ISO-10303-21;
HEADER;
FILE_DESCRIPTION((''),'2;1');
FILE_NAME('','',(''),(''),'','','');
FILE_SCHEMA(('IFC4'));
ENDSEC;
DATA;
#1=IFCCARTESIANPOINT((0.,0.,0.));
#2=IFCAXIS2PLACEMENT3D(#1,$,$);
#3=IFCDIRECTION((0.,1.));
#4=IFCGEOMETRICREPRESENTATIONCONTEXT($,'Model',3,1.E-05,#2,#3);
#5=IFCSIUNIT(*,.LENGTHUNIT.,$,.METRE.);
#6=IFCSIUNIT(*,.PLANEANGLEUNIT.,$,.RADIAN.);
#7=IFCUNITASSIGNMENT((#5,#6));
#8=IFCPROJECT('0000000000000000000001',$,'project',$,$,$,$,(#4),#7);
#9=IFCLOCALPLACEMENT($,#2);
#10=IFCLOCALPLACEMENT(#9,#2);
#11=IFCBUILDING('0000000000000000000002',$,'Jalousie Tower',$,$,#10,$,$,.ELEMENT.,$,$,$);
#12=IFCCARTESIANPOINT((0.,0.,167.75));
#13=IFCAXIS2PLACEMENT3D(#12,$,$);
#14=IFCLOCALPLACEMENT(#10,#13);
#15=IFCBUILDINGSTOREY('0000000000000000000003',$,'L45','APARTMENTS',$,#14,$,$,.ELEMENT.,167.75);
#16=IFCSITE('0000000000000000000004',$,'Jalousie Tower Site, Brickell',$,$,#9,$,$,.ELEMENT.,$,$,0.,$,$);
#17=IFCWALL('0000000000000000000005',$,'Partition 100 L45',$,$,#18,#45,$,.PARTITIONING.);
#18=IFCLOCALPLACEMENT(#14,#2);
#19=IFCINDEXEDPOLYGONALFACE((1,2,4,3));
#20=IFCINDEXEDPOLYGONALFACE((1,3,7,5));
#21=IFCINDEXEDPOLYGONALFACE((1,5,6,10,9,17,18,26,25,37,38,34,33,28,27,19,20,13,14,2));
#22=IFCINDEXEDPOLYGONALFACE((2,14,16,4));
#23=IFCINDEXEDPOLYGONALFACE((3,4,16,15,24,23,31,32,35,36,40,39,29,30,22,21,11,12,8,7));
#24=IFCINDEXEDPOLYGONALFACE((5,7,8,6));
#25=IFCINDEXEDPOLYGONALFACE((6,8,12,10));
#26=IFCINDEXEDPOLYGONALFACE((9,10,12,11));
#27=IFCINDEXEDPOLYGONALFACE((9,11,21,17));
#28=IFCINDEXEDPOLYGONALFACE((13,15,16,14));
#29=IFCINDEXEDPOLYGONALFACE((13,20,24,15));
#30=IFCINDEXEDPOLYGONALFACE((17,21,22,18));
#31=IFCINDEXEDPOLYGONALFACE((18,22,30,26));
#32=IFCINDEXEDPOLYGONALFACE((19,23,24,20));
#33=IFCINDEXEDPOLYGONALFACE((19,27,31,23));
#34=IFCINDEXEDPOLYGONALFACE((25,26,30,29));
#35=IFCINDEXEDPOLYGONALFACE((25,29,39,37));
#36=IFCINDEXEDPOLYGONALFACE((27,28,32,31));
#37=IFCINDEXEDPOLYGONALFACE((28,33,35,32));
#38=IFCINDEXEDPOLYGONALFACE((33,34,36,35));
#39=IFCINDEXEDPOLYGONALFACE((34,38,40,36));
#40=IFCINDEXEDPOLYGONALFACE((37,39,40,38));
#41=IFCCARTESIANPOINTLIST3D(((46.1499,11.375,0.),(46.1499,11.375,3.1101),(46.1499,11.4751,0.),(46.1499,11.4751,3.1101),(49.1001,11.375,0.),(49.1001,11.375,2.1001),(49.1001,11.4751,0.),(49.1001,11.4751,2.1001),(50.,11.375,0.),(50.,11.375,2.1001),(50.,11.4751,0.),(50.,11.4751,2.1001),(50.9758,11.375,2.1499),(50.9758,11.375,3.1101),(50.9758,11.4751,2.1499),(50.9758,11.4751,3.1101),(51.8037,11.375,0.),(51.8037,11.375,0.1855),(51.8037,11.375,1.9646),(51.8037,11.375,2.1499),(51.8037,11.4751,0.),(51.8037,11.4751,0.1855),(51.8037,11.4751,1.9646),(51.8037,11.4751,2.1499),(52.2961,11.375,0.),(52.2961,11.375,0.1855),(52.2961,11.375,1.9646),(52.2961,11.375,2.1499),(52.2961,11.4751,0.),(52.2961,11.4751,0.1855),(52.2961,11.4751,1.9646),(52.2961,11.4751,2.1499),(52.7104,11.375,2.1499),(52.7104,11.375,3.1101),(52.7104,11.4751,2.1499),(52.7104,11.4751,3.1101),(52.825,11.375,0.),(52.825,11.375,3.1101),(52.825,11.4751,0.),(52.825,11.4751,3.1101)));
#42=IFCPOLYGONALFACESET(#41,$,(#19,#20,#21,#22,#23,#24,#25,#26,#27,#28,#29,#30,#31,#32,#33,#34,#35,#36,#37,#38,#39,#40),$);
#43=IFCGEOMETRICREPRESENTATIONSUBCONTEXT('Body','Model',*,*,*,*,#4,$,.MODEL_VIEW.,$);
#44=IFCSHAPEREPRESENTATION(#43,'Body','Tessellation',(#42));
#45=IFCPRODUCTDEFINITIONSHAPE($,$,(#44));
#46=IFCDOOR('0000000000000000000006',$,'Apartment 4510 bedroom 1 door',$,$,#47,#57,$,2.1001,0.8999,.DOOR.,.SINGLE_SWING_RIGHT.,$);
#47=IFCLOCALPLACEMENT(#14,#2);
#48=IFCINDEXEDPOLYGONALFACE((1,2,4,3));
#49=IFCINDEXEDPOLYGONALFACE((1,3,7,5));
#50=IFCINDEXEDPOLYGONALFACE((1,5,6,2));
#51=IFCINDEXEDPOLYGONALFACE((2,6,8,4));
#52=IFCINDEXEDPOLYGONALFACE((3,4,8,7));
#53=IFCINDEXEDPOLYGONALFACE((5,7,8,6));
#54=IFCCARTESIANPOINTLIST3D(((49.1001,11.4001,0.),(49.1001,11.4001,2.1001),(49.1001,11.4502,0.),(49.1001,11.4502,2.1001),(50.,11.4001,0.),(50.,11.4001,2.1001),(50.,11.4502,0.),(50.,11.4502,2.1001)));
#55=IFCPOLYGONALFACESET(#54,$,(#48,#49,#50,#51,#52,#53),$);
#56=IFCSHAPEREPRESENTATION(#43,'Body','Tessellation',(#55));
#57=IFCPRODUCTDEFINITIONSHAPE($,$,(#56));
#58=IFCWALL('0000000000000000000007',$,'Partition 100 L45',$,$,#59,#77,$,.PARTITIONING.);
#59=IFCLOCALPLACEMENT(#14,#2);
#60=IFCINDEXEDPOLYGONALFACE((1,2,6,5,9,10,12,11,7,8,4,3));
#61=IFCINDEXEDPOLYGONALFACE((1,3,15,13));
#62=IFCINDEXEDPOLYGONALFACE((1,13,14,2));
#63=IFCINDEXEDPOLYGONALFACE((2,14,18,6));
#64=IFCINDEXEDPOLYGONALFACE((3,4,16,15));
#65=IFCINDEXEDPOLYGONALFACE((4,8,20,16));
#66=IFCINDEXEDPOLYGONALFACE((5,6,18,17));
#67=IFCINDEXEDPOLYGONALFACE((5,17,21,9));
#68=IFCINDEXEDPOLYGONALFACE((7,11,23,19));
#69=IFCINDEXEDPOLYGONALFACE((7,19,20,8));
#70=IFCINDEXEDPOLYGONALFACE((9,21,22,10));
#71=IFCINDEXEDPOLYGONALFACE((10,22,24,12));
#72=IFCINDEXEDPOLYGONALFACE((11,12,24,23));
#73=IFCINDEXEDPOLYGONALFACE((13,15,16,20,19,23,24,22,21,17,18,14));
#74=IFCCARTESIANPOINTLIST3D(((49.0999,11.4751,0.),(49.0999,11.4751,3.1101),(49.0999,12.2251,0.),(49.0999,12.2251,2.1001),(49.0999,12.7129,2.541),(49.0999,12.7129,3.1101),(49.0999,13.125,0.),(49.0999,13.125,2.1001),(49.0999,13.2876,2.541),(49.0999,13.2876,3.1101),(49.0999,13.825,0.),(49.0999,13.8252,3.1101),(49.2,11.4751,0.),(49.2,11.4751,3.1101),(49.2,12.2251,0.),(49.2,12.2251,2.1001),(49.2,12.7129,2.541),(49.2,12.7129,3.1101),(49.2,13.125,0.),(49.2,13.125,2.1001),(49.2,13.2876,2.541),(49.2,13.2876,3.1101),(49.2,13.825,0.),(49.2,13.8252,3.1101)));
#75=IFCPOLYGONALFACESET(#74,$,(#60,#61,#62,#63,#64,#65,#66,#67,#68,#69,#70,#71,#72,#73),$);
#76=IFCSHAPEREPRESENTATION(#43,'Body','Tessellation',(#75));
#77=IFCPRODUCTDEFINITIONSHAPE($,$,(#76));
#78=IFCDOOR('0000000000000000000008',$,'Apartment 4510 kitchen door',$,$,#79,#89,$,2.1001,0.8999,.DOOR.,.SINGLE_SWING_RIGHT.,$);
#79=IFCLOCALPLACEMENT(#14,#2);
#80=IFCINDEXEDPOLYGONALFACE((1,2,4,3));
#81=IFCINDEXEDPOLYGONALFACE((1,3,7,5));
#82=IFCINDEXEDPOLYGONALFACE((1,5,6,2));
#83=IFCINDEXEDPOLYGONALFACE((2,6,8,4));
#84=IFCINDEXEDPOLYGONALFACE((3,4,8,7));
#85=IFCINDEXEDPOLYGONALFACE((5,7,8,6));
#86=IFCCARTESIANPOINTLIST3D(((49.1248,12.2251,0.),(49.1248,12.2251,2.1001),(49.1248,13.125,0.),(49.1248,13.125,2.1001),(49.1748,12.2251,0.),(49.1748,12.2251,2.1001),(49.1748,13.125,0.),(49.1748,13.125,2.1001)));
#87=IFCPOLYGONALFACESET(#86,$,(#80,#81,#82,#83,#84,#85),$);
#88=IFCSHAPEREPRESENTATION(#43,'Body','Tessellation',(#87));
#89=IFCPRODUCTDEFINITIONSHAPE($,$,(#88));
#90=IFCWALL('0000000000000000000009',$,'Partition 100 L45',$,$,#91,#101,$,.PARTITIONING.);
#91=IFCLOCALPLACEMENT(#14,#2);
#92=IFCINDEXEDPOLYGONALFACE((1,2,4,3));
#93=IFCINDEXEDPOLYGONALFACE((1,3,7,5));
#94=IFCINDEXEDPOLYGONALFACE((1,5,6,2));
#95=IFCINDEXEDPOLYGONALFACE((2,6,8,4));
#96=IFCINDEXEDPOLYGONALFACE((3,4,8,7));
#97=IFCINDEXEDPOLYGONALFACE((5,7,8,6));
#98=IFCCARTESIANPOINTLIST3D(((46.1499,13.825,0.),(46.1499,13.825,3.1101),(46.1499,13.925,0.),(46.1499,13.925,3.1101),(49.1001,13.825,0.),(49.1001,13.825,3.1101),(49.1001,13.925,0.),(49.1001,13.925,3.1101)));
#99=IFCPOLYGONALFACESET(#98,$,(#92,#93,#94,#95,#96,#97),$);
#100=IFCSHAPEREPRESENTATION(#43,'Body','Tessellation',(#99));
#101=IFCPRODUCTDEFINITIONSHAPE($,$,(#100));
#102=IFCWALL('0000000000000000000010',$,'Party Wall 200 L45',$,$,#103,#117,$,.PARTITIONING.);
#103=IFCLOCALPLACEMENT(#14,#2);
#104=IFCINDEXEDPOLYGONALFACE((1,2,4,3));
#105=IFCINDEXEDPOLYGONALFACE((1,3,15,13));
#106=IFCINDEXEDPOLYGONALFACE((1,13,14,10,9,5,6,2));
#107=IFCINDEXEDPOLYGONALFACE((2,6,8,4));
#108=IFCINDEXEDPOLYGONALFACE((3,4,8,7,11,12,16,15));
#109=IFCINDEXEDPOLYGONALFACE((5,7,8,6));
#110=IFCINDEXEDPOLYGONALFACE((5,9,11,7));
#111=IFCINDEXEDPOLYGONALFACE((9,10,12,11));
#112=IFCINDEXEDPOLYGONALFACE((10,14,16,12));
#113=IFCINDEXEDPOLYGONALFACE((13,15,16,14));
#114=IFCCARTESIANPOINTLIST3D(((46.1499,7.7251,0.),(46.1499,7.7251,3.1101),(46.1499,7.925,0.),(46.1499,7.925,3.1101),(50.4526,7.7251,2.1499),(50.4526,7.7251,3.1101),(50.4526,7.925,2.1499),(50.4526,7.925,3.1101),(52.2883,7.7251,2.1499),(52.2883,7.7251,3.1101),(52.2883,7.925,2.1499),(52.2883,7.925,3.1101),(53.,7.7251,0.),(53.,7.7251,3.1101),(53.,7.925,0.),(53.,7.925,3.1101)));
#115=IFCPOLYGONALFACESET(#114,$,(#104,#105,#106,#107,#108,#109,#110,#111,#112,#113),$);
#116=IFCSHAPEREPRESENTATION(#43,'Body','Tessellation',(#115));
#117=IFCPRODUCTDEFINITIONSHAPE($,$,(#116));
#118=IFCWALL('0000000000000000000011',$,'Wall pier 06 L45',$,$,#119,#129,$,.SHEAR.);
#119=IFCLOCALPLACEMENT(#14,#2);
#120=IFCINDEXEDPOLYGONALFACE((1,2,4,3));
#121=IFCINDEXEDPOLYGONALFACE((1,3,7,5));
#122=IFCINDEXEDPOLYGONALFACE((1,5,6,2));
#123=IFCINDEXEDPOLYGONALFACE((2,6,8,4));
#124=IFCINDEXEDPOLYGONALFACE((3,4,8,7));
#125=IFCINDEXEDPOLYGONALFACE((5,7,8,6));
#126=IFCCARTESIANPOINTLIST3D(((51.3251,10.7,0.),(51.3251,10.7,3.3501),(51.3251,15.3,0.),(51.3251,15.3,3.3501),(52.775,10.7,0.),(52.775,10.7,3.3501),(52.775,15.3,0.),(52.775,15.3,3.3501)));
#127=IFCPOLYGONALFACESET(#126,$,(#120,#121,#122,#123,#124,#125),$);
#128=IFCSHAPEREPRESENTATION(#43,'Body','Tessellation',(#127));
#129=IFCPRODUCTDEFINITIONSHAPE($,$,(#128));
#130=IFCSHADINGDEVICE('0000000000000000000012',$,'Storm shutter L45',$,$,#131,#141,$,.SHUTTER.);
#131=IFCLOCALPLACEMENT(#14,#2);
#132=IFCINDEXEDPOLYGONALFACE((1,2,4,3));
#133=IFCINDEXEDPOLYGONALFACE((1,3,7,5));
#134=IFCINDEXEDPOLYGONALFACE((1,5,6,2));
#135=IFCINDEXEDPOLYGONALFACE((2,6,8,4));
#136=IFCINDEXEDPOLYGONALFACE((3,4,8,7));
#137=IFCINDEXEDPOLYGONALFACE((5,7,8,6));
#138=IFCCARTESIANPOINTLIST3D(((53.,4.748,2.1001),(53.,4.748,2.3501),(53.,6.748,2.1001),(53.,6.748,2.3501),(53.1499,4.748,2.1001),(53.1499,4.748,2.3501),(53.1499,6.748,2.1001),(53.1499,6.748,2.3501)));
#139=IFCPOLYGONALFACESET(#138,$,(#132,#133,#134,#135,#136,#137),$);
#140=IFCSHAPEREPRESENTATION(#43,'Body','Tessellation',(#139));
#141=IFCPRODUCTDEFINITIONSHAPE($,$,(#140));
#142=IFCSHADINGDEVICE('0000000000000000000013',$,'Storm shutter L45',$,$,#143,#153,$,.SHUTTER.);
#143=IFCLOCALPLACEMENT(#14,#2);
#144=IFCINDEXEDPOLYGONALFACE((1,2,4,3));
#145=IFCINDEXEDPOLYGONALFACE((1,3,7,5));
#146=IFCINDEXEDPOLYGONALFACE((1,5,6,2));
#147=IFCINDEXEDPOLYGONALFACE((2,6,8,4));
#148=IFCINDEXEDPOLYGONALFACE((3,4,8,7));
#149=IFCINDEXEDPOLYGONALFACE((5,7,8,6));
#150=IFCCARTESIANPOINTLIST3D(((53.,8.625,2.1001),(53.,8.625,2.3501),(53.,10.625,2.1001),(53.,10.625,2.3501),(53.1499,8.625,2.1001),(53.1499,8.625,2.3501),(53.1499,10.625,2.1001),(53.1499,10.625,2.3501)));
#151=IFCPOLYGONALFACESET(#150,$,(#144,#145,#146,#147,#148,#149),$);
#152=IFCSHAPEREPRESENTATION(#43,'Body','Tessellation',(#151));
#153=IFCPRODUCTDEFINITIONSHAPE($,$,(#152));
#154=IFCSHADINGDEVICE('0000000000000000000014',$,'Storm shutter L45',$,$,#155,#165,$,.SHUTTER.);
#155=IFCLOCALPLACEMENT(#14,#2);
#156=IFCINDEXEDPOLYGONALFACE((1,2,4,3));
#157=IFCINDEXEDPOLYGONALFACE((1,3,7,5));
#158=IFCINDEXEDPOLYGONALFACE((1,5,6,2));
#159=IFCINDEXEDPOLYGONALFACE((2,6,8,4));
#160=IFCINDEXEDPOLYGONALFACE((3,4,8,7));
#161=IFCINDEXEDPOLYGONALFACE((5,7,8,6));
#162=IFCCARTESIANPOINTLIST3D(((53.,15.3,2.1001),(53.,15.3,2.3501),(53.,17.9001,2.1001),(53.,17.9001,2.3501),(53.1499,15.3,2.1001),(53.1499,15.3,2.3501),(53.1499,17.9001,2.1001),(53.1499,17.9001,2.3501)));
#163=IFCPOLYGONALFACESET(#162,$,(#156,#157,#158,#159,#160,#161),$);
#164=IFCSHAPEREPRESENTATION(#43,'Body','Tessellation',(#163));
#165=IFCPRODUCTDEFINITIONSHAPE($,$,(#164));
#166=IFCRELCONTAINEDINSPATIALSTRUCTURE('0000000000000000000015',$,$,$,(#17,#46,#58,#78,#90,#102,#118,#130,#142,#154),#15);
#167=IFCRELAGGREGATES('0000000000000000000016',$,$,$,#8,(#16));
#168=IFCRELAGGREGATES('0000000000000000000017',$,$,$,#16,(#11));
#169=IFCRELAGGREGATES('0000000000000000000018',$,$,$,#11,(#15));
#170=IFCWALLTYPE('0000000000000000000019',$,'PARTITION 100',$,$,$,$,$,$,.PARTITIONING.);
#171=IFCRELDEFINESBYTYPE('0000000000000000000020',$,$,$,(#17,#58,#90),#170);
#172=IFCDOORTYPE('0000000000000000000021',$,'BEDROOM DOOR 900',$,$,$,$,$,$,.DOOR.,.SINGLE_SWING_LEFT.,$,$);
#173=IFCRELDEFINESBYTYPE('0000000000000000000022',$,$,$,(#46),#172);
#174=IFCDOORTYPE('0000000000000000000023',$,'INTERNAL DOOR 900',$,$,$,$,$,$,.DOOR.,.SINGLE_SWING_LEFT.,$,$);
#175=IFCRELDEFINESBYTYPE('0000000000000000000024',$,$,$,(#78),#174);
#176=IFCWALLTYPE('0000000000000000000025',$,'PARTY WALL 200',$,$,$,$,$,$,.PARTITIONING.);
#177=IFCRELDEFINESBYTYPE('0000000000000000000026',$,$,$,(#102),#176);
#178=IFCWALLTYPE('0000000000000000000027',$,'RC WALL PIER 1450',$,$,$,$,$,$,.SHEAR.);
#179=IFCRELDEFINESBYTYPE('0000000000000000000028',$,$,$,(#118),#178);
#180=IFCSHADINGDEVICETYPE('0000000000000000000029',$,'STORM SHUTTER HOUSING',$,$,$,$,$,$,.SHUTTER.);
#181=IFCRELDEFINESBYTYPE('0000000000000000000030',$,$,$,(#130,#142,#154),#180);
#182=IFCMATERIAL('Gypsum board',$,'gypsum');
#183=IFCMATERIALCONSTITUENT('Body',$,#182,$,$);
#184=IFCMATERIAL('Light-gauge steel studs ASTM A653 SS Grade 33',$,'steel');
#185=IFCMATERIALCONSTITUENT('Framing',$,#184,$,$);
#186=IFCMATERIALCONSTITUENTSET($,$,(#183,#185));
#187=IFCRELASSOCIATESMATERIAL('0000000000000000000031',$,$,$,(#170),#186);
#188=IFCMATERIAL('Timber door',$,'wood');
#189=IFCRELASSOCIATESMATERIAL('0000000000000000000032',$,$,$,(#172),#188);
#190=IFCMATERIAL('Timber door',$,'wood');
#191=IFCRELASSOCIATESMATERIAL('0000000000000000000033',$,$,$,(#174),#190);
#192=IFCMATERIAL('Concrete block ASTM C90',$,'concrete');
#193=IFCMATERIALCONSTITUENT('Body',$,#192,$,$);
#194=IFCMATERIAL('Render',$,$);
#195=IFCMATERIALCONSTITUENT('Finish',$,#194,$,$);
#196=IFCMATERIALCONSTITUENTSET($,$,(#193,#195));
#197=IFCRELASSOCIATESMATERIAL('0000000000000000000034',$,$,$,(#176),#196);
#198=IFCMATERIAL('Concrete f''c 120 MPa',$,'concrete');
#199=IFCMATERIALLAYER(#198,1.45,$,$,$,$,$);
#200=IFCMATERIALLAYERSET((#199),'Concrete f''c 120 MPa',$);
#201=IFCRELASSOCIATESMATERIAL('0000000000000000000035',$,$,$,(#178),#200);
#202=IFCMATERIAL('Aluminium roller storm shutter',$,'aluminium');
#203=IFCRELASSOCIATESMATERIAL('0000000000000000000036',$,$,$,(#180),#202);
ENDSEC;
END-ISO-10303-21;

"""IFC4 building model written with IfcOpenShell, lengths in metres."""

from ifc_helpers import new_model, si_unit, direction, frame, frame_2d, origin, origin_2d, place, context, subcontext, project, spatial, polyline, rectangle, outline, extrude, material, layer, layer_set, constituent, constituent_set, type_object, element, fill, save


model = new_model("IFC4")

# Units and contexts
model_context = context("Model", 3, precision=1e-05, world=origin(), true_north=direction((0.0, 1.0)))
body_context = subcontext(model_context, "Body", "Model", "MODEL_VIEW")
ifc_project = project(units=[si_unit("LENGTHUNIT", "METRE"), si_unit("PLANEANGLEUNIT", "RADIAN")], contexts=[model_context])

# Site, building, storey
site_placement = place(None, origin())
site = spatial("IfcSite", under=ifc_project, at=site_placement, Name="Jalousie Tower Site, Brickell", CompositionType="ELEMENT", RefElevation=0.0)
building_placement = place(site_placement, origin())
building = spatial("IfcBuilding", under=site, at=building_placement, Name="Jalousie Tower", CompositionType="ELEMENT")
storey_placement = place(building_placement, frame((0.0, 0.0, 167.75)))
storey = spatial("IfcBuildingStorey", under=building, at=storey_placement, Name="L45", Description="APARTMENTS", CompositionType="ELEMENT", Elevation=167.75)

# Shared definitions
ifc_material_1 = material(Name="Gypsum board", Category="gypsum")
ifc_constituent_1 = constituent(ifc_material_1, Name="Body")
ifc_material_2 = material(Name="Light-gauge steel studs ASTM A653 SS Grade 33", Category="steel")
ifc_constituent_2 = constituent(ifc_material_2, Name="Framing")
ifc_constituent_set_1 = constituent_set(constituents=[ifc_constituent_1, ifc_constituent_2])
wall_type_1 = type_object("IfcWallType", Name="PARTITION 100", PredefinedType="PARTITIONING", material=ifc_constituent_set_1)

# Walls, openings, doors
wall_1_placement = place(storey_placement, frame((52.825, 11.425, 0.0), z_axis=(0.0, 0.0, 1.0), x_axis=(-1.0, 0.0, 0.0)))
wall_1 = element("IfcWall", 1, at=wall_1_placement, inside=storey, type_object=wall_type_1, Name="Partition 100 L45", PredefinedType="PARTITIONING", context=body_context, shape_type="SweptSolid", body=[
    extrude(outline(polyline([(0.1145, 3.1101), (0.0, 3.1101), (0.0, 0.0), (0.5288, 0.0), (0.5288, 0.1855), (1.0212, 0.1855), (1.0212, 0.0), (6.675, 0.0), (6.675, 3.1101), (1.8491, 3.1101), (1.8491, 2.1499), (1.0212, 2.1499), (1.0212, 1.9646), (0.5288, 1.9646), (0.5288, 2.1499), (0.1145, 2.1499), (0.1145, 3.1101)])), frame((0.0, 0.05, 0.0), z_axis=(0.0, -1.0, 0.0), x_axis=(1.0, 0.0, 0.0)), (0.0, 0.0, 1.0), 0.1001),
])
opening_1_placement = place(wall_1_placement, frame((2.825, 0.0, 0.0)))
opening_1 = element("IfcOpeningElement", 2, at=opening_1_placement, cuts=wall_1, PredefinedType="OPENING", context=body_context, shape_type="SweptSolid", body=[
    extrude(rectangle(XDim=0.8999, YDim=2.1001, at=frame_2d((0.45, 1.05))), frame((0.0, 0.0601, 0.0), z_axis=(0.0, -1.0, 0.0), x_axis=(1.0, 0.0, 0.0)), (0.0, 0.0, 1.0), 0.1201),
])
ifc_material_3 = material(Name="Timber door", Category="wood")
door_type_1 = type_object("IfcDoorType", Name="BEDROOM DOOR 900", OperationType="SINGLE_SWING_LEFT", PredefinedType="DOOR", material=ifc_material_3)
door_1_placement = place(opening_1_placement, origin())
door_1 = element("IfcDoor", 3, at=door_1_placement, inside=storey, type_object=door_type_1, Name="Apartment 4510 bedroom 1 door", OperationType="SINGLE_SWING_RIGHT", OverallHeight=2.1001, OverallWidth=0.8999, PredefinedType="DOOR", context=body_context, shape_type="SweptSolid", body=[
    extrude(rectangle(XDim=0.8999, YDim=2.1001, at=frame_2d((0.45, 1.05))), frame((0.0, 0.0249, 0.0), z_axis=(0.0, -1.0, 0.0), x_axis=(1.0, 0.0, 0.0)), (0.0, 0.0, 1.0), 0.05),
])
fill(opening_1, door_1)
wall_2_placement = place(storey_placement, frame((49.1499, 11.4751, 0.0), z_axis=(0.0, 0.0, 1.0), x_axis=(0.0, 1.0, 0.0)))
wall_2 = element("IfcWall", 4, at=wall_2_placement, inside=storey, type_object=wall_type_1, Name="Partition 100 L45", PredefinedType="PARTITIONING", context=body_context, shape_type="SweptSolid", body=[
    extrude(outline(polyline([(0.0, 0.0), (2.3499, 0.0), (2.3501, 3.1101), (1.8125, 3.1101), (1.8125, 2.541), (1.2378, 2.541), (1.2378, 3.1101), (0.0, 3.1101), (0.0, 0.0)])), frame((0.0, 0.05, 0.0), z_axis=(0.0, -1.0, 0.0), x_axis=(1.0, 0.0, 0.0)), (0.0, 0.0, 1.0), 0.1001),
])
opening_2_placement = place(wall_2_placement, frame((0.75, 0.0, 0.0)))
opening_2 = element("IfcOpeningElement", 5, at=opening_2_placement, cuts=wall_2, PredefinedType="OPENING", context=body_context, shape_type="SweptSolid", body=[
    extrude(rectangle(XDim=0.8999, YDim=2.1001, at=frame_2d((0.45, 1.05))), frame((0.0, 0.0601, 0.0), z_axis=(0.0, -1.0, 0.0), x_axis=(1.0, 0.0, 0.0)), (0.0, 0.0, 1.0), 0.1201),
])
ifc_material_4 = material(Name="Timber door", Category="wood")
door_type_2 = type_object("IfcDoorType", Name="INTERNAL DOOR 900", OperationType="SINGLE_SWING_LEFT", PredefinedType="DOOR", material=ifc_material_4)
door_2_placement = place(opening_2_placement, frame((0.8999, 0.0, 0.0), z_axis=(0.0, 0.0, 1.0), x_axis=(-1.0, 0.0, 0.0)))
door_2 = element("IfcDoor", 6, at=door_2_placement, inside=storey, type_object=door_type_2, Name="Apartment 4510 kitchen door", OperationType="SINGLE_SWING_RIGHT", OverallHeight=2.1001, OverallWidth=0.8999, PredefinedType="DOOR", context=body_context, shape_type="SweptSolid", body=[
    extrude(rectangle(XDim=0.8999, YDim=2.1001, at=frame_2d((0.45, 1.05))), frame((0.0, 0.0249, 0.0), z_axis=(0.0, -1.0, 0.0), x_axis=(1.0, 0.0, 0.0)), (0.0, 0.0, 1.0), 0.05),
])
fill(opening_2, door_2)

# Walls
wall_3_placement = place(storey_placement, frame((49.1001, 13.875, 0.0), z_axis=(0.0, 0.0, 1.0), x_axis=(-1.0, 0.0, 0.0)))
element("IfcWall", 7, at=wall_3_placement, inside=storey, type_object=wall_type_1, Name="Partition 100 L45", PredefinedType="PARTITIONING", context=body_context, shape_type="SweptSolid", body=[
    extrude(rectangle(XDim=2.9502, YDim=0.1001, at=frame_2d((1.4751, 0.0))), origin(), (0.0, 0.0, 1.0), 3.1101),
])
ifc_material_5 = material(Name="Concrete block ASTM C90", Category="concrete")
ifc_constituent_3 = constituent(ifc_material_5, Name="Body")
ifc_material_6 = material(Name="Render")
ifc_constituent_4 = constituent(ifc_material_6, Name="Finish")
ifc_constituent_set_2 = constituent_set(constituents=[ifc_constituent_3, ifc_constituent_4])
wall_type_2 = type_object("IfcWallType", Name="PARTY WALL 200", PredefinedType="PARTITIONING", material=ifc_constituent_set_2)
wall_4_placement = place(storey_placement, frame((46.1499, 7.825, 0.0), z_axis=(0.0, 0.0, 1.0), x_axis=(1.0, 0.0, 0.0)))
element("IfcWall", 8, at=wall_4_placement, inside=storey, type_object=wall_type_2, Name="Party Wall 200 L45", PredefinedType="PARTITIONING", context=body_context, shape_type="SweptSolid", body=[
    extrude(outline(polyline([(0.0, 0.0), (6.8501, 0.0), (6.8501, 3.1101), (6.1384, 3.1101), (6.1384, 2.1499), (4.3027, 2.1499), (4.3027, 3.1101), (0.0, 3.1101), (0.0, 0.0)])), frame((0.0, 0.1001, 0.0), z_axis=(0.0, -1.0, 0.0), x_axis=(1.0, 0.0, 0.0)), (0.0, 0.0, 1.0), 0.2),
])
ifc_material_7 = material(Name="Concrete f'c 120 MPa", Category="concrete")
ifc_layer_1 = layer(ifc_material_7, 1.45)
ifc_layer_set_1 = layer_set([ifc_layer_1], Name="Concrete f'c 120 MPa")
wall_type_3 = type_object("IfcWallType", Name="RC WALL PIER 1450", PredefinedType="SHEAR", material=ifc_layer_set_1)
wall_5_placement = place(storey_placement, frame((52.05, 10.7, 0.0), z_axis=(0.0, 0.0, 1.0), x_axis=(0.0, 1.0, 0.0)))
element("IfcWall", 9, at=wall_5_placement, inside=storey, type_object=wall_type_3, Name="Wall pier 06 L45", PredefinedType="SHEAR", context=body_context, shape_type="SweptSolid", body=[
    extrude(rectangle(XDim=4.6001, YDim=1.45, at=frame_2d((2.3, 0.0))), origin(), (0.0, 0.0, 1.0), 3.3501),
])

# Shading devices
ifc_material_8 = material(Name="Aluminium roller storm shutter", Category="aluminium")
shading_device_type = type_object("IfcShadingDeviceType", Name="STORM SHUTTER HOUSING", PredefinedType="SHUTTER", material=ifc_material_8)
for number, where, z_axis, x_axis, name in (
    (10, (53.075, 5.748, 2.1001), (0.0, 0.0, 1.0), (0.0, 1.0, 0.0), "Storm shutter L45"),
    (11, (53.075, 9.625, 2.1001), (0.0, 0.0, 1.0), (0.0, 1.0, 0.0), "Storm shutter L45"),
):
    element("IfcShadingDevice", number, at=place(storey_placement, frame(where, z_axis=z_axis, x_axis=x_axis)), inside=storey, type_object=shading_device_type, Name=name, PredefinedType="SHUTTER", context=body_context, shape_type="SweptSolid", body=[
        extrude(rectangle(XDim=2.0, YDim=0.1499, at=origin_2d()), origin(), (0.0, 0.0, 1.0), 0.25),
    ])
shading_device_placement = place(storey_placement, frame((53.075, 16.6001, 2.1001), z_axis=(0.0, 0.0, 1.0), x_axis=(0.0, 1.0, 0.0)))
element("IfcShadingDevice", 12, at=shading_device_placement, inside=storey, type_object=shading_device_type, Name="Storm shutter L45", PredefinedType="SHUTTER", context=body_context, shape_type="SweptSolid", body=[
    extrude(rectangle(XDim=2.6001, YDim=0.1499, at=origin_2d()), origin(), (0.0, 0.0, 1.0), 0.25),
])

save(model, "model.ifc")
